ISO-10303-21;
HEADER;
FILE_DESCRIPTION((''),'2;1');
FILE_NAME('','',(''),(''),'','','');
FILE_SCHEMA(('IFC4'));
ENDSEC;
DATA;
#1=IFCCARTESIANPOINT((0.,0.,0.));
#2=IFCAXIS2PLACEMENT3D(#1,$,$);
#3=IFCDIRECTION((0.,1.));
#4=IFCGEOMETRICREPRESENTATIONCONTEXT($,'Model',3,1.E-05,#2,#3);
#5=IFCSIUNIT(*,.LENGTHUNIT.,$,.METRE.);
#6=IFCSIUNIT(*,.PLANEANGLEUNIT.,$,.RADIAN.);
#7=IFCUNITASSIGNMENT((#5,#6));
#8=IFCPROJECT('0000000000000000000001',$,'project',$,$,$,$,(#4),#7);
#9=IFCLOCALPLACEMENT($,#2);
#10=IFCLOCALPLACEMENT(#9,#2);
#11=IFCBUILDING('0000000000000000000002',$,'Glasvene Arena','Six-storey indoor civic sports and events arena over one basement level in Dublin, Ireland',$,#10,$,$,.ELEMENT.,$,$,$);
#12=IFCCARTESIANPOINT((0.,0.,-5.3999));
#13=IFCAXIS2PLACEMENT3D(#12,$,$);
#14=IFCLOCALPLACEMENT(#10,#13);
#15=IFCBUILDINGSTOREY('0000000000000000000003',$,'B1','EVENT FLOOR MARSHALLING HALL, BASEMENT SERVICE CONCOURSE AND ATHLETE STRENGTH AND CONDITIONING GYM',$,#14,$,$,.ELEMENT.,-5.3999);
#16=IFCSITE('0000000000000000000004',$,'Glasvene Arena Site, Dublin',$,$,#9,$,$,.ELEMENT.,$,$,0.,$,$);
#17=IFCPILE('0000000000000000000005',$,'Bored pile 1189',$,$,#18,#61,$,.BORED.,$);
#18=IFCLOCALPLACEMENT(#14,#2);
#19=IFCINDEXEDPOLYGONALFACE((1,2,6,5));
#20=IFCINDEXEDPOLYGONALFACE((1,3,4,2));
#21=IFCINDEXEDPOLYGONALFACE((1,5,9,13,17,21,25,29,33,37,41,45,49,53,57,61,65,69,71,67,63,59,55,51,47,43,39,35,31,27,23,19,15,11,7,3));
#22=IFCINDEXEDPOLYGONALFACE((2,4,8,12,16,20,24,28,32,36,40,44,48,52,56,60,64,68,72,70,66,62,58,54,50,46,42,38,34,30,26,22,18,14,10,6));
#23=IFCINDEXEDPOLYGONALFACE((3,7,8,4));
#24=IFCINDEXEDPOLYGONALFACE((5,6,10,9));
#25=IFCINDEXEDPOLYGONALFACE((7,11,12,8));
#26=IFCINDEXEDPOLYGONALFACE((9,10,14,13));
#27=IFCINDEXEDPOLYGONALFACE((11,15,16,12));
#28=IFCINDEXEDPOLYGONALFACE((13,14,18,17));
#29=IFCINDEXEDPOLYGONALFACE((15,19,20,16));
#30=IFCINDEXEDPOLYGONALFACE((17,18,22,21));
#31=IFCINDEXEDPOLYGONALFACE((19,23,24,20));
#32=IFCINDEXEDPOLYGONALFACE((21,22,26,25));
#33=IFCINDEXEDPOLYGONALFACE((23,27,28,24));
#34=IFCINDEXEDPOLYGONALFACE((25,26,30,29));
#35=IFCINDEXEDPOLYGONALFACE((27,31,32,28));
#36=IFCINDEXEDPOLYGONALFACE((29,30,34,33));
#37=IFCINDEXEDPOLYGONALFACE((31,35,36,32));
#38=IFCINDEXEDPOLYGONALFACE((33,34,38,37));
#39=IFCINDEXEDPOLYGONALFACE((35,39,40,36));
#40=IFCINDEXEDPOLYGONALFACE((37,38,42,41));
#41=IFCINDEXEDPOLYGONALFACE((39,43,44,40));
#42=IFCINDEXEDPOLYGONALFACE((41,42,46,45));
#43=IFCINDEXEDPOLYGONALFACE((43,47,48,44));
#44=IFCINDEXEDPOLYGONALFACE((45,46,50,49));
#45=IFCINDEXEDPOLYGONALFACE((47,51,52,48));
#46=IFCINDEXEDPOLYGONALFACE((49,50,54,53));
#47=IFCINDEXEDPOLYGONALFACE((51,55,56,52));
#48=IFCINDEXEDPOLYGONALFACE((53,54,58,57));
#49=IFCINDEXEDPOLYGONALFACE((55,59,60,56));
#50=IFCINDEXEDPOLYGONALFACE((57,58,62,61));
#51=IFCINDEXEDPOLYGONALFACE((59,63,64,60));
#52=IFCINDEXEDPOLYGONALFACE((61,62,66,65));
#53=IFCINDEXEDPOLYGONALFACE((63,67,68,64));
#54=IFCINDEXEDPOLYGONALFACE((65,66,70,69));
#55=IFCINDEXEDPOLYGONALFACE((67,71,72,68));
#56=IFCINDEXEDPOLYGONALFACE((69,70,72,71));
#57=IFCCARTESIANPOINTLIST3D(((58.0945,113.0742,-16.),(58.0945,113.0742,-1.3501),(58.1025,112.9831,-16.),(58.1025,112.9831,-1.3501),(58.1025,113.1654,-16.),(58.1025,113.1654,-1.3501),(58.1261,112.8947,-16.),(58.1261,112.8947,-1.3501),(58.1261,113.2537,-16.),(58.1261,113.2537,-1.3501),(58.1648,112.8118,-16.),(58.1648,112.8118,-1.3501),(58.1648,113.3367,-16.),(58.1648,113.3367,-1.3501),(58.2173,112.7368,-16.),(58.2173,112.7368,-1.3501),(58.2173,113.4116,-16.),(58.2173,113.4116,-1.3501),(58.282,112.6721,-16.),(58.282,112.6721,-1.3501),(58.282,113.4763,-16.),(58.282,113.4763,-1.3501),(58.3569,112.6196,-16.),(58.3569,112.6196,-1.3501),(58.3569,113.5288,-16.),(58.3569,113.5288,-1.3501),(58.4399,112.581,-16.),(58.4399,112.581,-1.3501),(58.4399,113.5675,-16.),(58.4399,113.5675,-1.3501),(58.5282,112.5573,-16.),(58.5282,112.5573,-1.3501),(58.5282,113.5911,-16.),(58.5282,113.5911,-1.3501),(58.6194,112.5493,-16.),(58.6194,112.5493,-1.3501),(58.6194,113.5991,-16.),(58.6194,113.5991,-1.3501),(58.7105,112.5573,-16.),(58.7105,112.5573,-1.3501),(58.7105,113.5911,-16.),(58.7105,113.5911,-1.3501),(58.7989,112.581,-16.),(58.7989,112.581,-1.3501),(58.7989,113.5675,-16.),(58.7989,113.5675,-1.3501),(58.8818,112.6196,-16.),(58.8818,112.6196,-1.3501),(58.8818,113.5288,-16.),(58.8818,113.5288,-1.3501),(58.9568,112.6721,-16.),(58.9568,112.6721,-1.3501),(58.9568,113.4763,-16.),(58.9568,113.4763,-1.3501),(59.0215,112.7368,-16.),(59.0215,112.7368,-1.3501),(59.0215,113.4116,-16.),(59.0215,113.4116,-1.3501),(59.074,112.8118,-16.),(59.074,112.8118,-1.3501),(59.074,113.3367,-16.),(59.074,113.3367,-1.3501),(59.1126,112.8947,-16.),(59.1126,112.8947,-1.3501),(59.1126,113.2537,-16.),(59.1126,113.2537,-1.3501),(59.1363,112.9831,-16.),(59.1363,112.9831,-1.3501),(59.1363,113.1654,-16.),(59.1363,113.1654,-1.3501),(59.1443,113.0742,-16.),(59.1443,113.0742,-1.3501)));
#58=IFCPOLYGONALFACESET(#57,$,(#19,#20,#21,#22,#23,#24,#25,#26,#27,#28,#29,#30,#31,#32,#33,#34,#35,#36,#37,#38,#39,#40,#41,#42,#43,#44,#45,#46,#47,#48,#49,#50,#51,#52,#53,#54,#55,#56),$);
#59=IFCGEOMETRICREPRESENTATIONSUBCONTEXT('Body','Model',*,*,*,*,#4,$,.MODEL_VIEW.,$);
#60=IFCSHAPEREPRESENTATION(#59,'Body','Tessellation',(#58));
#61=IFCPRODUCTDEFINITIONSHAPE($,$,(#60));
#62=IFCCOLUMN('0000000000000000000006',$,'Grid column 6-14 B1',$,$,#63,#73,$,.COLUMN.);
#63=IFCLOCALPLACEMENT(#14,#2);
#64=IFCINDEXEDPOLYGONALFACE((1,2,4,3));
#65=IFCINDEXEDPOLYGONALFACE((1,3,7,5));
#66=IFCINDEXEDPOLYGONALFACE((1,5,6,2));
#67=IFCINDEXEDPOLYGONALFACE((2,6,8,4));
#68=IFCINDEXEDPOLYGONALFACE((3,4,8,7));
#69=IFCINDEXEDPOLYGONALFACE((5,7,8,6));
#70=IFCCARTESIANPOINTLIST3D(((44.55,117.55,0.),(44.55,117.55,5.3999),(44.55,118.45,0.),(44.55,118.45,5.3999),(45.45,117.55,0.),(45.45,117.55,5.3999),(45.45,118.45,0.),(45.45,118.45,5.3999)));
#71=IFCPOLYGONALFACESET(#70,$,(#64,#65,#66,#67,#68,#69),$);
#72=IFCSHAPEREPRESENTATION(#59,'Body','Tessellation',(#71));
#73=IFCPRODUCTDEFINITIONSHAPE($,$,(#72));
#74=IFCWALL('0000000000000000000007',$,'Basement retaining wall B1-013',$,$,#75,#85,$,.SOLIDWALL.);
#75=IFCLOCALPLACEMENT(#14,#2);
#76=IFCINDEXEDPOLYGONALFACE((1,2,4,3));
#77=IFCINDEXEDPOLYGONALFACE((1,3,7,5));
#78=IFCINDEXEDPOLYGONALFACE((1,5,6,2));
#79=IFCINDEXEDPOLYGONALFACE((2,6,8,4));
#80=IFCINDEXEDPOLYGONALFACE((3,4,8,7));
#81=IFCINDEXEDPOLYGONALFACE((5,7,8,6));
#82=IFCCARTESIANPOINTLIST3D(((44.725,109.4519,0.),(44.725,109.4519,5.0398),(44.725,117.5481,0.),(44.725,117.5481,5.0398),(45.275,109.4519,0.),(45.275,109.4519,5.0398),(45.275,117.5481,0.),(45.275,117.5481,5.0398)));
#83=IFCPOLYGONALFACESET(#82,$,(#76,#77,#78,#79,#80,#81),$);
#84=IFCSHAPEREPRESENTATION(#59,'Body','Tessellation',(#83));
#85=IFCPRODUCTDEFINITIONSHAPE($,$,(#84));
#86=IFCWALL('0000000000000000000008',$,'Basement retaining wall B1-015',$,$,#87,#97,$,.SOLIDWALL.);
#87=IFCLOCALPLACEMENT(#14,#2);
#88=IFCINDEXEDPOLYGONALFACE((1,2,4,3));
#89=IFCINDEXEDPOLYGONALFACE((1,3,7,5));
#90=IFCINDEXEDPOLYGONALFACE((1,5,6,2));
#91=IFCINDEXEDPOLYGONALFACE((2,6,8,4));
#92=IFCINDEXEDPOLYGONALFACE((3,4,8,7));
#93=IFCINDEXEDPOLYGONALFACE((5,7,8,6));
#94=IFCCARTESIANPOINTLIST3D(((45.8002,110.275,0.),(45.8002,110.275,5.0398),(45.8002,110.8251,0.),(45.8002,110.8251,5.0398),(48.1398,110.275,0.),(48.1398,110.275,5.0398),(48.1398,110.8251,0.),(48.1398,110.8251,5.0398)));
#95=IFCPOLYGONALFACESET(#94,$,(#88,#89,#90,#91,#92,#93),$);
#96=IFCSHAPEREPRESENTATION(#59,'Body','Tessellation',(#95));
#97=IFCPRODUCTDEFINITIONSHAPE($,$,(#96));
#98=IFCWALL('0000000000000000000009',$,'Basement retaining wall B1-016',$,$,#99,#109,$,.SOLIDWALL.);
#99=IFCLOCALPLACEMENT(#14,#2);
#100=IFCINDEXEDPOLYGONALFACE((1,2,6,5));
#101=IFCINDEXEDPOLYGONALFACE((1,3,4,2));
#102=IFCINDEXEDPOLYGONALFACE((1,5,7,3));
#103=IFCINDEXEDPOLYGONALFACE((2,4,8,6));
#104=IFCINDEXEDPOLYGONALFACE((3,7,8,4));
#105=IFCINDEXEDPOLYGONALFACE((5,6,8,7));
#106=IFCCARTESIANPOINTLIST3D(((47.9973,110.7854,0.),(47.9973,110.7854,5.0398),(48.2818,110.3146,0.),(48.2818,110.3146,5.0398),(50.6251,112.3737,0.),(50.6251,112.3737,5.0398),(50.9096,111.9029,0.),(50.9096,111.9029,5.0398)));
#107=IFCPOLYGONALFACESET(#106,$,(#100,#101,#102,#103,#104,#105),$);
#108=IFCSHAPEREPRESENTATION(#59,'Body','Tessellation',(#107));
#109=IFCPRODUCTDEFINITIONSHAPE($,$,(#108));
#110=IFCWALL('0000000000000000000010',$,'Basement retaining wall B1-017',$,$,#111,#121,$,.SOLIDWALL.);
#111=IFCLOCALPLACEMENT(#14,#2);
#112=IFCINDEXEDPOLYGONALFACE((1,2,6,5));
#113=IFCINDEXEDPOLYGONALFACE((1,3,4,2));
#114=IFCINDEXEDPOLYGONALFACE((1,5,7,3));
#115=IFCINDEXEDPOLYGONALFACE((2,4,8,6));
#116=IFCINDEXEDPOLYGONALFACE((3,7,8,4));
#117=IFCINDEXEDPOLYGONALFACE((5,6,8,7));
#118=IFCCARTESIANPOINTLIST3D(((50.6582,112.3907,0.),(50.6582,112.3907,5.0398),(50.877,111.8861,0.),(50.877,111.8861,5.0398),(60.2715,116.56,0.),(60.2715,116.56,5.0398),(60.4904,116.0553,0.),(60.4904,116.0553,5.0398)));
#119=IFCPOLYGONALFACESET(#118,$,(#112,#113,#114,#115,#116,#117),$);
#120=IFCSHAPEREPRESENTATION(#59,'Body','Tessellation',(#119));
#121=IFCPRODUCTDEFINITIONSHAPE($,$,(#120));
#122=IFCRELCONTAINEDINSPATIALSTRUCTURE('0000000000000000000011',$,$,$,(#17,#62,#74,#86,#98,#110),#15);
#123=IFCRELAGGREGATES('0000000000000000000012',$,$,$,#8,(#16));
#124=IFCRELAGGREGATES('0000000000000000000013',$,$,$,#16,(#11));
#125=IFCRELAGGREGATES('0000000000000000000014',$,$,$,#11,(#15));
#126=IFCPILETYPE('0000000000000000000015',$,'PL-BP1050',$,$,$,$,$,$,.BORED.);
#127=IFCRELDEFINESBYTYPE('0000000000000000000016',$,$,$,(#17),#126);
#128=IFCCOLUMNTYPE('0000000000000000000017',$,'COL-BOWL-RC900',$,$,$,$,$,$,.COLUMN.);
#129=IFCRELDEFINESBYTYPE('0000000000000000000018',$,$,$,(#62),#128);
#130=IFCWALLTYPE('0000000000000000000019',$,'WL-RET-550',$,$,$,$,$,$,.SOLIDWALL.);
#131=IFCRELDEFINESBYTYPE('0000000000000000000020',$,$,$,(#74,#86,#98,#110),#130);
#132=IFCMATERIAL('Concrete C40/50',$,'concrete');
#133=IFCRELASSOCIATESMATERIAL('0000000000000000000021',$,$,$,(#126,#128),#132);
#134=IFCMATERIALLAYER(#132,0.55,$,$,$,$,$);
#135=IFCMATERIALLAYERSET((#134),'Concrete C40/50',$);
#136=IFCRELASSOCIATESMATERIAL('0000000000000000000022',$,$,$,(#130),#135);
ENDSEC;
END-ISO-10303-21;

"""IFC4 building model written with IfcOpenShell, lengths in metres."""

from ifc_helpers import new_model, si_unit, direction, frame, frame_2d, origin, origin_2d, place, context, subcontext, project, spatial, rectangle, circle, extrude, material, layer, layer_set, material_profile, profile_set, type_object, element, save


model = new_model("IFC4")

# Units and contexts
model_context = context("Model", 3, precision=1e-05, world=origin(), true_north=direction((0.0, 1.0)))
body_context = subcontext(model_context, "Body", "Model", "MODEL_VIEW")
ifc_project = project(units=[si_unit("LENGTHUNIT", "METRE"), si_unit("PLANEANGLEUNIT", "RADIAN")], contexts=[model_context])

# Site, building, storey
site_placement = place(None, origin())
site = spatial("IfcSite", under=ifc_project, at=site_placement, Name="Glasvene Arena Site, Dublin", CompositionType="ELEMENT", RefElevation=0.0)
building_placement = place(site_placement, origin())
building = spatial("IfcBuilding", under=site, at=building_placement, Name="Glasvene Arena", Description="Six-storey indoor civic sports and events arena over one basement level in Dublin, Ireland", CompositionType="ELEMENT")
storey_placement = place(building_placement, frame((0.0, 0.0, -5.3999)))
storey = spatial("IfcBuildingStorey", under=building, at=storey_placement, Name="B1", Description="EVENT FLOOR MARSHALLING HALL, BASEMENT SERVICE CONCOURSE AND ATHLETE STRENGTH AND CONDITIONING GYM", CompositionType="ELEMENT", Elevation=-5.3999)

# Pile
ifc_material = material(Name="Concrete C40/50", Category="concrete")
ifc_material_profile_1 = material_profile(ifc_material, circle(Radius=0.5249, at=origin_2d()), Name="BORED PILE 1050")
ifc_profile_set_1 = profile_set([ifc_material_profile_1], Name="Concrete C40/50")
pile_type = type_object("IfcPileType", Name="PL-BP1050", PredefinedType="BORED", material=ifc_profile_set_1)
for number, where, z_axis, x_axis, name in (
    (1, (58.6194, 113.0742, -1.3501), (0.0, 0.0, -1.0), (1.0, 0.0, 0.0), "Bored pile 1189"),
):
    element("IfcPile", number, at=place(storey_placement, frame(where, z_axis=z_axis, x_axis=x_axis)), inside=storey, type_object=pile_type, Name=name, PredefinedType="BORED", context=body_context, shape_type="SweptSolid", body=[
        extrude(circle(Radius=0.5249, at=origin_2d()), origin(), (0.0, 0.0, 1.0), 14.6499),
    ])

# Column
ifc_material_profile_2 = material_profile(ifc_material, rectangle(XDim=0.8999, YDim=0.8999, at=origin_2d()), Name="RC 900x900")
ifc_profile_set_2 = profile_set([ifc_material_profile_2], Name="Concrete C40/50")
column_type = type_object("IfcColumnType", Name="COL-BOWL-RC900", PredefinedType="COLUMN", material=ifc_profile_set_2)
column_placement = place(storey_placement, frame((45.0, 118.0, 0.0), z_axis=(0.0, 0.0, 1.0), x_axis=(1.0, 0.0, 0.0)))
element("IfcColumn", 2, at=column_placement, inside=storey, type_object=column_type, Name="Grid column 6-14 B1", PredefinedType="COLUMN", context=body_context, shape_type="SweptSolid", body=[
    extrude(rectangle(XDim=0.8999, YDim=0.8999, at=origin_2d()), origin(), (0.0, 0.0, 1.0), 5.3999),
])

# Walls
ifc_layer = layer(ifc_material, 0.55)
ifc_layer_set = layer_set([ifc_layer], Name="Concrete C40/50")
wall_type = type_object("IfcWallType", Name="WL-RET-550", PredefinedType="SOLIDWALL", material=ifc_layer_set)
wall_1_placement = place(storey_placement, frame((45.0, 117.5481, 0.0), z_axis=(0.0, 0.0, 1.0), x_axis=(0.0, -1.0, 0.0)))
element("IfcWall", 3, at=wall_1_placement, inside=storey, type_object=wall_type, Name="Basement retaining wall B1-013", PredefinedType="SOLIDWALL", context=body_context, shape_type="SweptSolid", body=[
    extrude(rectangle(XDim=8.0962, YDim=0.55, at=frame_2d((4.0481, 0.0))), origin(), (0.0, 0.0, 1.0), 5.0398),
])
wall_2_placement = place(storey_placement, frame((45.8, 110.55, 0.0), z_axis=(0.0, 0.0, 1.0), x_axis=(1.0, 0.0, 0.0)))
element("IfcWall", 4, at=wall_2_placement, inside=storey, type_object=wall_type, Name="Basement retaining wall B1-015", PredefinedType="SOLIDWALL", context=body_context, shape_type="SweptSolid", body=[
    extrude(rectangle(XDim=2.3396, YDim=0.55, at=frame_2d((1.1699, 0.0))), origin(), (0.0, 0.0, 1.0), 5.0398),
])
wall_3_placement = place(storey_placement, frame((48.1396, 110.55, 0.0), z_axis=(0.0, 0.0, 1.0), x_axis=(0.855819, 0.517276, 0.0)))
element("IfcWall", 5, at=wall_3_placement, inside=storey, type_object=wall_type, Name="Basement retaining wall B1-016", PredefinedType="SOLIDWALL", context=body_context, shape_type="SweptSolid", body=[
    extrude(rectangle(XDim=3.0706, YDim=0.55, at=frame_2d((1.5352, 0.0))), origin(), (0.0, 0.0, 1.0), 5.0398),
])
wall_4_placement = place(storey_placement, frame((50.7676, 112.1384, 0.0), z_axis=(0.0, 0.0, 1.0), x_axis=(0.917436, 0.397883, 0.0)))
element("IfcWall", 6, at=wall_4_placement, inside=storey, type_object=wall_type, Name="Basement retaining wall B1-017", PredefinedType="SOLIDWALL", context=body_context, shape_type="SweptSolid", body=[
    extrude(rectangle(XDim=10.4785, YDim=0.55, at=frame_2d((5.2393, 0.0))), origin(), (0.0, 0.0, 1.0), 5.0398),
])

save(model, "model.ifc")
